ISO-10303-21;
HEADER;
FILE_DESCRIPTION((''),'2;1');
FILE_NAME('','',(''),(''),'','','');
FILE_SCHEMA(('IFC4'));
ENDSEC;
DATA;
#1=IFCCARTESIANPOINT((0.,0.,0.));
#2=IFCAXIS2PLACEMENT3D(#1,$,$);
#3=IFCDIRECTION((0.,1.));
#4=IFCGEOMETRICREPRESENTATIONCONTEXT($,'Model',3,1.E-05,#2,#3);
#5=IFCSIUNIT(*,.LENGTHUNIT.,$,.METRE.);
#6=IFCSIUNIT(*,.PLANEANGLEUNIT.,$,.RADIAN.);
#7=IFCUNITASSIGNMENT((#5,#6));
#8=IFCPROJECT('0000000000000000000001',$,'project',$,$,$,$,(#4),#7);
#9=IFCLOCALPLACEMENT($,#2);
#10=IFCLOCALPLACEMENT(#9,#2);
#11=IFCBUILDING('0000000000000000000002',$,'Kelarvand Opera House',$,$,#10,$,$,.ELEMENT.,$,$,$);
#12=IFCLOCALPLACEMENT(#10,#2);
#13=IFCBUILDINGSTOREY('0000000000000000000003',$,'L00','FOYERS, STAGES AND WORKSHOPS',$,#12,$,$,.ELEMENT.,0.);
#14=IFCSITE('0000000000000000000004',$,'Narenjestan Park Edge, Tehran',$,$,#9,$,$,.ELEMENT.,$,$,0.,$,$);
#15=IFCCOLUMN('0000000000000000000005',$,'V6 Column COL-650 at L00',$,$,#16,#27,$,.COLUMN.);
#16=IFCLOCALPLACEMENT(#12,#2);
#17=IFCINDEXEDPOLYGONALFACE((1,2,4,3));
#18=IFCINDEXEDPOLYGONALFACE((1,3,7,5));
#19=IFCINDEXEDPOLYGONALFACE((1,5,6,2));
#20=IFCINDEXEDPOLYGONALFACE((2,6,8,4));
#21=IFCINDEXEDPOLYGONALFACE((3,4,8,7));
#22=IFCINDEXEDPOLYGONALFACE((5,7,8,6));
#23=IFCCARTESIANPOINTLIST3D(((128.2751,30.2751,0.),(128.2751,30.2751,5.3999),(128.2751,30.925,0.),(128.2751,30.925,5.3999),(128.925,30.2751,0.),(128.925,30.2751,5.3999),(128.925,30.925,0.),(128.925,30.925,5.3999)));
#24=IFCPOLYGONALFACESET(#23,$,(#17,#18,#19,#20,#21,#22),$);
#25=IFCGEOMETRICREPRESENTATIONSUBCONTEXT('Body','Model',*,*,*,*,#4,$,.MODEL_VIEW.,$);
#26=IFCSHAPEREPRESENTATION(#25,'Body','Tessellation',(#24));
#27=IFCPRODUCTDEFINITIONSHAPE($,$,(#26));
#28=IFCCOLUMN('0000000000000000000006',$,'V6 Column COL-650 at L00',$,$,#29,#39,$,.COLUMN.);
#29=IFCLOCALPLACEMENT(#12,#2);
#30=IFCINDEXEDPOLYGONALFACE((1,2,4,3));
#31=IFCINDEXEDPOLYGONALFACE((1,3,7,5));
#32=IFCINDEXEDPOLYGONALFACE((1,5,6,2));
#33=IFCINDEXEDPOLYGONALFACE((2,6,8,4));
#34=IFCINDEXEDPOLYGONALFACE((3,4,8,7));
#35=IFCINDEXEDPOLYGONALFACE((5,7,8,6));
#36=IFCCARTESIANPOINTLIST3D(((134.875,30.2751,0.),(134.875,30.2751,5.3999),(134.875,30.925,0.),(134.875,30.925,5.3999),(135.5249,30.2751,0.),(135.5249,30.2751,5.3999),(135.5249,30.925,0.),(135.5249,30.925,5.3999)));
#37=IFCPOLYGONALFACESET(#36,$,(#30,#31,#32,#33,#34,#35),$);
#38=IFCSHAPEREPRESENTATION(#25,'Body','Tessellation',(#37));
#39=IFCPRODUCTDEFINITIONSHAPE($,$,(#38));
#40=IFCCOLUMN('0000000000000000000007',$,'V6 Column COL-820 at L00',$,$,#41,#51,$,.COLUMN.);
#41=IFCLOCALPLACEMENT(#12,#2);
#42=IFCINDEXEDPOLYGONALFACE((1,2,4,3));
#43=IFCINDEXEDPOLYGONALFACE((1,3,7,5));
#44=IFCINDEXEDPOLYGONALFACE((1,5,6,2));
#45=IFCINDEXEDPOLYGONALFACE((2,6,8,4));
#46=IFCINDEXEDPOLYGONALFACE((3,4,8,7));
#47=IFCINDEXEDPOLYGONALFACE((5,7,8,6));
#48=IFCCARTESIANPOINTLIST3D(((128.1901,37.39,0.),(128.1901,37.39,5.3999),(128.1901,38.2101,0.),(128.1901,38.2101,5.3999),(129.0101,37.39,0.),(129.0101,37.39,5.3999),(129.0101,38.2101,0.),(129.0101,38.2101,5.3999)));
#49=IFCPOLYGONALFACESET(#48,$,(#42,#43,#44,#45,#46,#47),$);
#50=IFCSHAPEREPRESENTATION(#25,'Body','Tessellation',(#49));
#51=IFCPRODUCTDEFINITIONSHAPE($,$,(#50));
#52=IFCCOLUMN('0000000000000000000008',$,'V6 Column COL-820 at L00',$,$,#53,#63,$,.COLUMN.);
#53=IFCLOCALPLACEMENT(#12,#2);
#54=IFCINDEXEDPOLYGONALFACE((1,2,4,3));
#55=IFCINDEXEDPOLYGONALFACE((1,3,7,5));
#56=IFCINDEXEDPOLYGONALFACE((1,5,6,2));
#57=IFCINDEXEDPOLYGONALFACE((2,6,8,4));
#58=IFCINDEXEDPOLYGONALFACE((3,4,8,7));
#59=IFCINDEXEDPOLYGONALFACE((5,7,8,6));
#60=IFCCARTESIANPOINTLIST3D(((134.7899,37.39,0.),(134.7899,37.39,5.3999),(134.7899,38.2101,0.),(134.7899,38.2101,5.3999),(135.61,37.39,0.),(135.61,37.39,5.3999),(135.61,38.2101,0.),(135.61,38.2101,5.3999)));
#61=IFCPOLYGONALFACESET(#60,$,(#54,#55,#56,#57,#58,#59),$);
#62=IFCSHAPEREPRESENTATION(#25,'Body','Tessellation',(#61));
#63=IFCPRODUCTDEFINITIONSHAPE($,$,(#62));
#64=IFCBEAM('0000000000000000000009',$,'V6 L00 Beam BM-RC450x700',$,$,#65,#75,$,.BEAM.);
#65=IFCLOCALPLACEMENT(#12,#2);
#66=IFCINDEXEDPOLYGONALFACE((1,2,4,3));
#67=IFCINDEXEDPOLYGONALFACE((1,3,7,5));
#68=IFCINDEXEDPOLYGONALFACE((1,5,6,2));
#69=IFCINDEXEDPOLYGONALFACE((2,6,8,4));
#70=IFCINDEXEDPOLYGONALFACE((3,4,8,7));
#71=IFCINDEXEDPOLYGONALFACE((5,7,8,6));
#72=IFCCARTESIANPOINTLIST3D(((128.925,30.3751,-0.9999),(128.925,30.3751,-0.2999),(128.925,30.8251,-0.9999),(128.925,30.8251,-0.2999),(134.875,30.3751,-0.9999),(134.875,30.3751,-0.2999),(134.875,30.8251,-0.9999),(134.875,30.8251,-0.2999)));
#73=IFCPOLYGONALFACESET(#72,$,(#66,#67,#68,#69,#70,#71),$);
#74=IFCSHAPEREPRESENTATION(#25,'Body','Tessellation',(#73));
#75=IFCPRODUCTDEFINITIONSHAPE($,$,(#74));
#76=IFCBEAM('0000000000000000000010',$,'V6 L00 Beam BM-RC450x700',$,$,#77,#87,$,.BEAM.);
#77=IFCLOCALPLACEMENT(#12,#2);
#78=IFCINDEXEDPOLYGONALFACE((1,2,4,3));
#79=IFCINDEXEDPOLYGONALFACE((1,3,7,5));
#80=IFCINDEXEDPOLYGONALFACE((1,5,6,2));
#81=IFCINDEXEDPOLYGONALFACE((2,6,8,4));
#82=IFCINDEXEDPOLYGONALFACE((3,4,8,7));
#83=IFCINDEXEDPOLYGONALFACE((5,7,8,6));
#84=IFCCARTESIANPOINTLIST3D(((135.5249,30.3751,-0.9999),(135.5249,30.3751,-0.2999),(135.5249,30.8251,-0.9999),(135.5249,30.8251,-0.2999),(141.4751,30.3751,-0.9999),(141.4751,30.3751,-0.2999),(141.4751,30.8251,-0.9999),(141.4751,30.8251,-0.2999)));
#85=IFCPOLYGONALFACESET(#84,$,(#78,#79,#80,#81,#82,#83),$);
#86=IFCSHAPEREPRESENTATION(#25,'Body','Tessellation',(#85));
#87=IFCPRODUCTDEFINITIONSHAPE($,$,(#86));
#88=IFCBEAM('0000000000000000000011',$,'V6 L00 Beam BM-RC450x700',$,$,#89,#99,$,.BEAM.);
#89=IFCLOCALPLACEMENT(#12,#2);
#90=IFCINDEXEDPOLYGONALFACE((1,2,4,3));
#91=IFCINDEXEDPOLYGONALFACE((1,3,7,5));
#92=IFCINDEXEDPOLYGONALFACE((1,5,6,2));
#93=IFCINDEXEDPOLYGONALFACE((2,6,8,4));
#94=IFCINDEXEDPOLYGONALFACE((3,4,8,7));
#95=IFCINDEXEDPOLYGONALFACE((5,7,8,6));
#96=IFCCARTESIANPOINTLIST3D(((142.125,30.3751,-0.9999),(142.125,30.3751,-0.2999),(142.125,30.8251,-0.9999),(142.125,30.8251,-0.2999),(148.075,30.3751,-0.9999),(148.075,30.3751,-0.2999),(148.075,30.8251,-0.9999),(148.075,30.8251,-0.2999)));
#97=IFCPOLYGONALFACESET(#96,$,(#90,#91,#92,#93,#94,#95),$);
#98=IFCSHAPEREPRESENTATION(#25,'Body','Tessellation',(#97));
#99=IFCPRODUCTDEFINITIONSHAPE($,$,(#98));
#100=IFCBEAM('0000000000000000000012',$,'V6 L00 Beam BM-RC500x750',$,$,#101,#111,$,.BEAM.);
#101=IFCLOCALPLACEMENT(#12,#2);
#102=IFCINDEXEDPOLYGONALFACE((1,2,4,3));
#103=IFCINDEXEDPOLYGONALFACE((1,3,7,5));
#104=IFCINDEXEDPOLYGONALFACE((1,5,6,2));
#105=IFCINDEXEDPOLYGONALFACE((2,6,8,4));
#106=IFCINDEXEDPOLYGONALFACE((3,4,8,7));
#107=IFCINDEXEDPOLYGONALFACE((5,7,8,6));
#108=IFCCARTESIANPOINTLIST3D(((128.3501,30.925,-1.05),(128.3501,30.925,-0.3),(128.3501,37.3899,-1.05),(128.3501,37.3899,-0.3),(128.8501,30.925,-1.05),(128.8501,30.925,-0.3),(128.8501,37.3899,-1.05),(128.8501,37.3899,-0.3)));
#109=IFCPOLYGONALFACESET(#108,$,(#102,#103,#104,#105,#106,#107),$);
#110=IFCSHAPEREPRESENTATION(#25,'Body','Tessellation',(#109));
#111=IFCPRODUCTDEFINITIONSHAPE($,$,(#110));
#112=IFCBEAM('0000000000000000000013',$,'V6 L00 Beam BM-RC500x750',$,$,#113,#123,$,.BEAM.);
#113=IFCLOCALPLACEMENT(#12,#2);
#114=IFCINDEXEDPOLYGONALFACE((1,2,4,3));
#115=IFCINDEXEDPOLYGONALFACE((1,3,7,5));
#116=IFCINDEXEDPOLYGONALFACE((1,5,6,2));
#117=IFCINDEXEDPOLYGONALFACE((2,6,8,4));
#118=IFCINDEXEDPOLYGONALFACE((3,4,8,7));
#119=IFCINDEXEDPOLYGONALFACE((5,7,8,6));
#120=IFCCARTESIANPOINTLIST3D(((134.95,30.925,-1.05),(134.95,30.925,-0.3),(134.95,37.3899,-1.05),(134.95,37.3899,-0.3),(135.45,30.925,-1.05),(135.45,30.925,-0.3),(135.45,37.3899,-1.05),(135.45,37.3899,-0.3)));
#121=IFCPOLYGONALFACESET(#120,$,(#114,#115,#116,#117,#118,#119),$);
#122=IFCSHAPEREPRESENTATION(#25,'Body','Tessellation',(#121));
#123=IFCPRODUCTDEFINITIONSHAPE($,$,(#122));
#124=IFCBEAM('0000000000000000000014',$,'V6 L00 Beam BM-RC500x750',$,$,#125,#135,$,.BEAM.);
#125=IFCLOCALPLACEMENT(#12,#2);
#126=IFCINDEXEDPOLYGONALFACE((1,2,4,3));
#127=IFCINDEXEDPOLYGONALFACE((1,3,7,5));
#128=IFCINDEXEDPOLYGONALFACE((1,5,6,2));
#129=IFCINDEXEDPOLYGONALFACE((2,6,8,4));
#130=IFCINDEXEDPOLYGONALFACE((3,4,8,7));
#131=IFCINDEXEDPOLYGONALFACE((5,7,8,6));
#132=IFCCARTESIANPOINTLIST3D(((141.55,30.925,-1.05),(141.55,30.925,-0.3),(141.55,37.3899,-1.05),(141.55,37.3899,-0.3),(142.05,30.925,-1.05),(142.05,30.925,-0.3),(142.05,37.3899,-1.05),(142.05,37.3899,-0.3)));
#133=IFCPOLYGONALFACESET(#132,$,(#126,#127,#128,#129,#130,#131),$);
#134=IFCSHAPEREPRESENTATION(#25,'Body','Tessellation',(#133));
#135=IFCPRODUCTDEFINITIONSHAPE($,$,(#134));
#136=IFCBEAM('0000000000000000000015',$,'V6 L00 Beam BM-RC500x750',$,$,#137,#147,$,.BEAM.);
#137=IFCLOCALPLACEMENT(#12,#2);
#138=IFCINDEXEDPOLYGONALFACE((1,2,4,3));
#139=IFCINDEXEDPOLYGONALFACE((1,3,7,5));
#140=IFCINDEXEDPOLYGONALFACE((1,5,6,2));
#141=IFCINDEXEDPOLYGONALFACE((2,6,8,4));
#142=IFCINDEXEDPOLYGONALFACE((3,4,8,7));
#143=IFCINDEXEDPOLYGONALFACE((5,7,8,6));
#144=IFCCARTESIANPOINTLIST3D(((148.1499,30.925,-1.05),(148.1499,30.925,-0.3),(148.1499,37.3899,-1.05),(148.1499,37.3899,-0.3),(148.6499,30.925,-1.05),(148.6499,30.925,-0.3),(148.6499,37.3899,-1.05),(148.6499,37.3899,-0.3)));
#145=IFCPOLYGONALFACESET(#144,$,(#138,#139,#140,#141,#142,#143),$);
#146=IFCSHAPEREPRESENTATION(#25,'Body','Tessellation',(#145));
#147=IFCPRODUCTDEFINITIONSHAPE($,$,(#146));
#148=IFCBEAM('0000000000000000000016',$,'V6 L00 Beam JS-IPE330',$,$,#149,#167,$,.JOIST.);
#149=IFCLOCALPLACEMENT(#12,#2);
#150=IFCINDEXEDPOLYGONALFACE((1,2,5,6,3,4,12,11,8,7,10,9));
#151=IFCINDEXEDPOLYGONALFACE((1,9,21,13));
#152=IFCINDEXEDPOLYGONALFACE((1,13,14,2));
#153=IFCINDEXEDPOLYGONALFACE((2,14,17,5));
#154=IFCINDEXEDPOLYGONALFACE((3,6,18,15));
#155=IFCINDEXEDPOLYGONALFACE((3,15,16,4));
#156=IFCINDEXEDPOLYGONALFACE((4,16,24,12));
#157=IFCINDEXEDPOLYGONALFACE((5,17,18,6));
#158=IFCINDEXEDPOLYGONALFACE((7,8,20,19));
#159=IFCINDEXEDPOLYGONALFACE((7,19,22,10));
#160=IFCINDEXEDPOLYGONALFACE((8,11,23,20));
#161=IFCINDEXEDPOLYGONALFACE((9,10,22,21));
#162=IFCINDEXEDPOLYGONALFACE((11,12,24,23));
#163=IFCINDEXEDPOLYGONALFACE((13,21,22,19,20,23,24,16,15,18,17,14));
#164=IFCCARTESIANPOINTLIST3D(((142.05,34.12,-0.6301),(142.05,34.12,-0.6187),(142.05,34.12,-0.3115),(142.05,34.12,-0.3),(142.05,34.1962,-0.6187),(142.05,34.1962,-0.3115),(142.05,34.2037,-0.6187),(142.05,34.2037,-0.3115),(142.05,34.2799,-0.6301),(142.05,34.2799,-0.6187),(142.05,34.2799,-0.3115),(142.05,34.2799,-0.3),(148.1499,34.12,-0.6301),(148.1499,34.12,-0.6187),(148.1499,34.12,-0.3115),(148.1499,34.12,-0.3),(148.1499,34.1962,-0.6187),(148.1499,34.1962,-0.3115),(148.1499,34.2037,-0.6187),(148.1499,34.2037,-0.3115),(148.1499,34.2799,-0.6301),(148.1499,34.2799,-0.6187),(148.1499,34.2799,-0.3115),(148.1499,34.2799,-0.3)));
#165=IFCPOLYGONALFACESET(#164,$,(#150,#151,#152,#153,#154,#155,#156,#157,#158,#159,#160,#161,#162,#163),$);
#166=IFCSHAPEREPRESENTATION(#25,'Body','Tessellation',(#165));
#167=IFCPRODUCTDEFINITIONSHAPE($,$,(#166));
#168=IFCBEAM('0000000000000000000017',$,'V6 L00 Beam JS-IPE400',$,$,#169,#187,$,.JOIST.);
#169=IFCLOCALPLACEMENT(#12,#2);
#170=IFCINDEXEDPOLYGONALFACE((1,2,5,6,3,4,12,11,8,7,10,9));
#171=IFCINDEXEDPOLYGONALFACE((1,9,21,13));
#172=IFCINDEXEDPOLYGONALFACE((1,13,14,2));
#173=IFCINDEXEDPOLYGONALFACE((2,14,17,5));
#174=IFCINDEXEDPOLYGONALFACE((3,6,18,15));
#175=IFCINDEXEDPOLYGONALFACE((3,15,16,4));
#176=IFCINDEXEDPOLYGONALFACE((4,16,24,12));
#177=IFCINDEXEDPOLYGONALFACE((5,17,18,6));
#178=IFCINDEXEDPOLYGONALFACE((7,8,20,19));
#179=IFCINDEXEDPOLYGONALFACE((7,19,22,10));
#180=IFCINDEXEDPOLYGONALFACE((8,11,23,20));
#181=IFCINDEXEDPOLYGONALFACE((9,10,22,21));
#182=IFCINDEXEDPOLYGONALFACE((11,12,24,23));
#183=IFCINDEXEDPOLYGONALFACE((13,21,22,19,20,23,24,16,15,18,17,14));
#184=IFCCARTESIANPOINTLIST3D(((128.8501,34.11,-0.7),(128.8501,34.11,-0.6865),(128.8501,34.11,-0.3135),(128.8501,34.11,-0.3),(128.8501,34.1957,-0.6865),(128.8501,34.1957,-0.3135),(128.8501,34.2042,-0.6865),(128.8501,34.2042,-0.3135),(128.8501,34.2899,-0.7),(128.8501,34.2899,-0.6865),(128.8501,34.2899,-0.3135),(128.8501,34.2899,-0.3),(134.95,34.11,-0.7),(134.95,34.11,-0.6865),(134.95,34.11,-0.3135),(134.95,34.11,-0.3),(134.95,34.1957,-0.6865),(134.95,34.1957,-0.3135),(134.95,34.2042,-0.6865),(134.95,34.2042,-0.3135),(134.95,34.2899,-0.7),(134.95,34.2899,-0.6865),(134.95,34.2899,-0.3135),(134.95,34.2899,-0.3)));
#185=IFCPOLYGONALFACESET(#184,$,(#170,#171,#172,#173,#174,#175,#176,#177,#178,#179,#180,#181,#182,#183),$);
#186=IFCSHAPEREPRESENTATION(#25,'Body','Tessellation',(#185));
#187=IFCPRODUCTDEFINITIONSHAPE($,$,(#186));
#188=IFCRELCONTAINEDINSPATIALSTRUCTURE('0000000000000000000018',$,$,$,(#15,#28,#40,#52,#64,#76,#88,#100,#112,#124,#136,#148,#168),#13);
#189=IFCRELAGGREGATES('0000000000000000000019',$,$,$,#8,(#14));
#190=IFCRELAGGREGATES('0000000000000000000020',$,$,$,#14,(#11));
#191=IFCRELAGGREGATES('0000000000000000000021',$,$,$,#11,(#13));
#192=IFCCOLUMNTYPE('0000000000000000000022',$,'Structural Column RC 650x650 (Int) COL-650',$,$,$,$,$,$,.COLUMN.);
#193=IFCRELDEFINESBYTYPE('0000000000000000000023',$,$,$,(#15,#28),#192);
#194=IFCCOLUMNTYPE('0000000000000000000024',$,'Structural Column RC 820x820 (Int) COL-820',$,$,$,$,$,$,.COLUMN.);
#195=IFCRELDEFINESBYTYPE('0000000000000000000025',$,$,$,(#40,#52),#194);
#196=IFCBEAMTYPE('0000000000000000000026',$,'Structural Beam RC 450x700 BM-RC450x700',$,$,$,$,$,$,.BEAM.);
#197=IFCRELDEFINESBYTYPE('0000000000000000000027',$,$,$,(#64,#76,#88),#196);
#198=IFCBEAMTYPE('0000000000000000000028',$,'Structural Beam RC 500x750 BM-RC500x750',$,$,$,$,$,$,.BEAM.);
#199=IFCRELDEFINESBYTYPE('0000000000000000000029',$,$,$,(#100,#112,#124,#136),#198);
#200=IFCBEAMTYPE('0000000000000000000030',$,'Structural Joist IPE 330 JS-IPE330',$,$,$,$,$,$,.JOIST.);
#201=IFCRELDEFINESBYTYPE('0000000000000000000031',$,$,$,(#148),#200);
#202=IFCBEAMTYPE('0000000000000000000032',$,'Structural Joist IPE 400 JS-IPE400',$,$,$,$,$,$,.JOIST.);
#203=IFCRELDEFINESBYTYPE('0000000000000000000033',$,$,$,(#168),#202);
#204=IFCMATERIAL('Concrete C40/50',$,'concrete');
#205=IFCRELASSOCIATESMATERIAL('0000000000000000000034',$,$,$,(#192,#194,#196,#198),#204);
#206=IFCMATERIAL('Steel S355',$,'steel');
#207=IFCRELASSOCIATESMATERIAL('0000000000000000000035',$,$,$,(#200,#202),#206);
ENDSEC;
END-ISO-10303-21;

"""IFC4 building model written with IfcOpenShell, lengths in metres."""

from ifc_helpers import new_model, si_unit, direction, frame, origin, origin_2d, place, context, subcontext, project, spatial, rectangle, i_section, extrude, material, material_profile, profile_set, type_object, element, save


model = new_model("IFC4")

# Units and contexts
model_context = context("Model", 3, precision=1e-05, world=origin(), true_north=direction((0.0, 1.0)))
body_context = subcontext(model_context, "Body", "Model", "MODEL_VIEW")
ifc_project = project(units=[si_unit("LENGTHUNIT", "METRE"), si_unit("PLANEANGLEUNIT", "RADIAN")], contexts=[model_context])

# Site, building, storey
site_placement = place(None, origin())
site = spatial("IfcSite", under=ifc_project, at=site_placement, Name="Narenjestan Park Edge, Tehran", CompositionType="ELEMENT", RefElevation=0.0)
building_placement = place(site_placement, origin())
building = spatial("IfcBuilding", under=site, at=building_placement, Name="Kelarvand Opera House", CompositionType="ELEMENT")
storey_placement = place(building_placement, origin())
storey = spatial("IfcBuildingStorey", under=building, at=storey_placement, Name="L00", Description="FOYERS, STAGES AND WORKSHOPS", CompositionType="ELEMENT", Elevation=0.0)

# Columns
ifc_material_1 = material(Name="Concrete C40/50", Category="concrete")
ifc_material_profile_1 = material_profile(ifc_material_1, rectangle(XDim=0.6499, YDim=0.6499, at=origin_2d()), Name="RC 650x650", Category="concrete")
ifc_profile_set_1 = profile_set([ifc_material_profile_1], Name="Concrete C40/50")
column_type_1 = type_object("IfcColumnType", Name="Structural Column RC 650x650 (Int) COL-650", PredefinedType="COLUMN", material=ifc_profile_set_1)
for number, where, z_axis, x_axis, name in (
    (1, (128.6001, 30.6001, 0.0), (0.0, 0.0, 1.0), (1.0, 0.0, 0.0), "V6 Column COL-650 at L00"),
    (2, (135.2, 30.6001, 0.0), (0.0, 0.0, 1.0), (1.0, 0.0, 0.0), "V6 Column COL-650 at L00"),
):
    element("IfcColumn", number, at=place(storey_placement, frame(where, z_axis=z_axis, x_axis=x_axis)), inside=storey, type_object=column_type_1, Name=name, PredefinedType="COLUMN", context=body_context, shape_type="SweptSolid", body=[
        extrude(rectangle(XDim=0.6499, YDim=0.6499, at=origin_2d()), origin(), (0.0, 0.0, 1.0), 5.3999),
    ])
ifc_material_profile_2 = material_profile(ifc_material_1, rectangle(XDim=0.8201, YDim=0.8201, at=origin_2d()), Name="RC 820x820", Category="concrete")
ifc_profile_set_2 = profile_set([ifc_material_profile_2], Name="Concrete C40/50")
column_type_2 = type_object("IfcColumnType", Name="Structural Column RC 820x820 (Int) COL-820", PredefinedType="COLUMN", material=ifc_profile_set_2)
for number, where, z_axis, x_axis, name in (
    (3, (128.6001, 37.8, 0.0), (0.0, 0.0, 1.0), (1.0, 0.0, 0.0), "V6 Column COL-820 at L00"),
    (4, (135.2, 37.8, 0.0), (0.0, 0.0, 1.0), (1.0, 0.0, 0.0), "V6 Column COL-820 at L00"),
):
    element("IfcColumn", number, at=place(storey_placement, frame(where, z_axis=z_axis, x_axis=x_axis)), inside=storey, type_object=column_type_2, Name=name, PredefinedType="COLUMN", context=body_context, shape_type="SweptSolid", body=[
        extrude(rectangle(XDim=0.8201, YDim=0.8201, at=origin_2d()), origin(), (0.0, 0.0, 1.0), 5.3999),
    ])

# Beams
ifc_material_profile_3 = material_profile(ifc_material_1, rectangle(XDim=0.45, YDim=0.7, at=origin_2d()), Name="RC 450x700", Category="concrete")
ifc_profile_set_3 = profile_set([ifc_material_profile_3], Name="Concrete C40/50")
beam_type_1 = type_object("IfcBeamType", Name="Structural Beam RC 450x700 BM-RC450x700", PredefinedType="BEAM", material=ifc_profile_set_3)
beam_1_placement = place(storey_placement, frame((128.925, 30.6001, -0.6499), z_axis=(1.0, 0.0, 0.0), x_axis=(0.0, 1.0, 0.0)))
element("IfcBeam", 5, at=beam_1_placement, inside=storey, type_object=beam_type_1, Name="V6 L00 Beam BM-RC450x700", PredefinedType="BEAM", context=body_context, shape_type="SweptSolid", body=[
    extrude(rectangle(XDim=0.45, YDim=0.7, at=origin_2d()), origin(), (0.0, 0.0, 1.0), 5.95),
])
beam_2_placement = place(storey_placement, frame((135.5249, 30.6001, -0.6499), z_axis=(1.0, 0.0, 0.0), x_axis=(0.0, 1.0, 0.0)))
element("IfcBeam", 6, at=beam_2_placement, inside=storey, type_object=beam_type_1, Name="V6 L00 Beam BM-RC450x700", PredefinedType="BEAM", context=body_context, shape_type="SweptSolid", body=[
    extrude(rectangle(XDim=0.45, YDim=0.7, at=origin_2d()), origin(), (0.0, 0.0, 1.0), 5.9502),
])
beam_3_placement = place(storey_placement, frame((142.125, 30.6001, -0.6499), z_axis=(1.0, 0.0, 0.0), x_axis=(0.0, 1.0, 0.0)))
element("IfcBeam", 7, at=beam_3_placement, inside=storey, type_object=beam_type_1, Name="V6 L00 Beam BM-RC450x700", PredefinedType="BEAM", context=body_context, shape_type="SweptSolid", body=[
    extrude(rectangle(XDim=0.45, YDim=0.7, at=origin_2d()), origin(), (0.0, 0.0, 1.0), 5.95),
])
ifc_material_profile_4 = material_profile(ifc_material_1, rectangle(XDim=0.5, YDim=0.75, at=origin_2d()), Name="RC 500x750", Category="concrete")
ifc_profile_set_4 = profile_set([ifc_material_profile_4], Name="Concrete C40/50")
beam_type_2 = type_object("IfcBeamType", Name="Structural Beam RC 500x750 BM-RC500x750", PredefinedType="BEAM", material=ifc_profile_set_4)
for number, where, z_axis, x_axis, name in (
    (8, (128.6001, 30.925, -0.675), (0.0, 1.0, 0.0), (-1.0, 0.0, 0.0), "V6 L00 Beam BM-RC500x750"),
    (9, (135.2, 30.925, -0.675), (0.0, 1.0, 0.0), (-1.0, 0.0, 0.0), "V6 L00 Beam BM-RC500x750"),
    (10, (141.8, 30.925, -0.675), (0.0, 1.0, 0.0), (-1.0, 0.0, 0.0), "V6 L00 Beam BM-RC500x750"),
    (11, (148.3999, 30.925, -0.675), (0.0, 1.0, 0.0), (-1.0, 0.0, 0.0), "V6 L00 Beam BM-RC500x750"),
):
    element("IfcBeam", number, at=place(storey_placement, frame(where, z_axis=z_axis, x_axis=x_axis)), inside=storey, type_object=beam_type_2, Name=name, PredefinedType="BEAM", context=body_context, shape_type="SweptSolid", body=[
        extrude(rectangle(XDim=0.5, YDim=0.75, at=origin_2d()), origin(), (0.0, 0.0, 1.0), 6.4648),
    ])
ifc_material_2 = material(Name="Steel S355", Category="steel")
ifc_material_profile_5 = material_profile(ifc_material_2, i_section(OverallWidth=0.1599, OverallDepth=0.3301, WebThickness=0.0076, FlangeThickness=0.0115, at=origin_2d()), Name="IPE 330", Category="steel")
ifc_profile_set_5 = profile_set([ifc_material_profile_5], Name="Steel S355")
beam_type_3 = type_object("IfcBeamType", Name="Structural Joist IPE 330 JS-IPE330", PredefinedType="JOIST", material=ifc_profile_set_5)
beam_4_placement = place(storey_placement, frame((142.05, 34.2, -0.4651), z_axis=(1.0, 0.0, 0.0), x_axis=(0.0, 1.0, 0.0)))
element("IfcBeam", 12, at=beam_4_placement, inside=storey, type_object=beam_type_3, Name="V6 L00 Beam JS-IPE330", PredefinedType="JOIST", context=body_context, shape_type="SweptSolid", body=[
    extrude(i_section(OverallWidth=0.1599, OverallDepth=0.3301, WebThickness=0.0076, FlangeThickness=0.0115, at=origin_2d()), origin(), (0.0, 0.0, 1.0), 6.0999),
])
ifc_material_profile_6 = material_profile(ifc_material_2, i_section(OverallWidth=0.1799, OverallDepth=0.3999, WebThickness=0.0085, FlangeThickness=0.0134, at=origin_2d()), Name="IPE 400", Category="steel")
ifc_profile_set_6 = profile_set([ifc_material_profile_6], Name="Steel S355")
beam_type_4 = type_object("IfcBeamType", Name="Structural Joist IPE 400 JS-IPE400", PredefinedType="JOIST", material=ifc_profile_set_6)
beam_5_placement = place(storey_placement, frame((128.8501, 34.2, -0.5), z_axis=(1.0, 0.0, 0.0), x_axis=(0.0, 1.0, 0.0)))
element("IfcBeam", 13, at=beam_5_placement, inside=storey, type_object=beam_type_4, Name="V6 L00 Beam JS-IPE400", PredefinedType="JOIST", context=body_context, shape_type="SweptSolid", body=[
    extrude(i_section(OverallWidth=0.1799, OverallDepth=0.3999, WebThickness=0.0085, FlangeThickness=0.0134, at=origin_2d()), origin(), (0.0, 0.0, 1.0), 6.0999),
])

save(model, "model.ifc")
